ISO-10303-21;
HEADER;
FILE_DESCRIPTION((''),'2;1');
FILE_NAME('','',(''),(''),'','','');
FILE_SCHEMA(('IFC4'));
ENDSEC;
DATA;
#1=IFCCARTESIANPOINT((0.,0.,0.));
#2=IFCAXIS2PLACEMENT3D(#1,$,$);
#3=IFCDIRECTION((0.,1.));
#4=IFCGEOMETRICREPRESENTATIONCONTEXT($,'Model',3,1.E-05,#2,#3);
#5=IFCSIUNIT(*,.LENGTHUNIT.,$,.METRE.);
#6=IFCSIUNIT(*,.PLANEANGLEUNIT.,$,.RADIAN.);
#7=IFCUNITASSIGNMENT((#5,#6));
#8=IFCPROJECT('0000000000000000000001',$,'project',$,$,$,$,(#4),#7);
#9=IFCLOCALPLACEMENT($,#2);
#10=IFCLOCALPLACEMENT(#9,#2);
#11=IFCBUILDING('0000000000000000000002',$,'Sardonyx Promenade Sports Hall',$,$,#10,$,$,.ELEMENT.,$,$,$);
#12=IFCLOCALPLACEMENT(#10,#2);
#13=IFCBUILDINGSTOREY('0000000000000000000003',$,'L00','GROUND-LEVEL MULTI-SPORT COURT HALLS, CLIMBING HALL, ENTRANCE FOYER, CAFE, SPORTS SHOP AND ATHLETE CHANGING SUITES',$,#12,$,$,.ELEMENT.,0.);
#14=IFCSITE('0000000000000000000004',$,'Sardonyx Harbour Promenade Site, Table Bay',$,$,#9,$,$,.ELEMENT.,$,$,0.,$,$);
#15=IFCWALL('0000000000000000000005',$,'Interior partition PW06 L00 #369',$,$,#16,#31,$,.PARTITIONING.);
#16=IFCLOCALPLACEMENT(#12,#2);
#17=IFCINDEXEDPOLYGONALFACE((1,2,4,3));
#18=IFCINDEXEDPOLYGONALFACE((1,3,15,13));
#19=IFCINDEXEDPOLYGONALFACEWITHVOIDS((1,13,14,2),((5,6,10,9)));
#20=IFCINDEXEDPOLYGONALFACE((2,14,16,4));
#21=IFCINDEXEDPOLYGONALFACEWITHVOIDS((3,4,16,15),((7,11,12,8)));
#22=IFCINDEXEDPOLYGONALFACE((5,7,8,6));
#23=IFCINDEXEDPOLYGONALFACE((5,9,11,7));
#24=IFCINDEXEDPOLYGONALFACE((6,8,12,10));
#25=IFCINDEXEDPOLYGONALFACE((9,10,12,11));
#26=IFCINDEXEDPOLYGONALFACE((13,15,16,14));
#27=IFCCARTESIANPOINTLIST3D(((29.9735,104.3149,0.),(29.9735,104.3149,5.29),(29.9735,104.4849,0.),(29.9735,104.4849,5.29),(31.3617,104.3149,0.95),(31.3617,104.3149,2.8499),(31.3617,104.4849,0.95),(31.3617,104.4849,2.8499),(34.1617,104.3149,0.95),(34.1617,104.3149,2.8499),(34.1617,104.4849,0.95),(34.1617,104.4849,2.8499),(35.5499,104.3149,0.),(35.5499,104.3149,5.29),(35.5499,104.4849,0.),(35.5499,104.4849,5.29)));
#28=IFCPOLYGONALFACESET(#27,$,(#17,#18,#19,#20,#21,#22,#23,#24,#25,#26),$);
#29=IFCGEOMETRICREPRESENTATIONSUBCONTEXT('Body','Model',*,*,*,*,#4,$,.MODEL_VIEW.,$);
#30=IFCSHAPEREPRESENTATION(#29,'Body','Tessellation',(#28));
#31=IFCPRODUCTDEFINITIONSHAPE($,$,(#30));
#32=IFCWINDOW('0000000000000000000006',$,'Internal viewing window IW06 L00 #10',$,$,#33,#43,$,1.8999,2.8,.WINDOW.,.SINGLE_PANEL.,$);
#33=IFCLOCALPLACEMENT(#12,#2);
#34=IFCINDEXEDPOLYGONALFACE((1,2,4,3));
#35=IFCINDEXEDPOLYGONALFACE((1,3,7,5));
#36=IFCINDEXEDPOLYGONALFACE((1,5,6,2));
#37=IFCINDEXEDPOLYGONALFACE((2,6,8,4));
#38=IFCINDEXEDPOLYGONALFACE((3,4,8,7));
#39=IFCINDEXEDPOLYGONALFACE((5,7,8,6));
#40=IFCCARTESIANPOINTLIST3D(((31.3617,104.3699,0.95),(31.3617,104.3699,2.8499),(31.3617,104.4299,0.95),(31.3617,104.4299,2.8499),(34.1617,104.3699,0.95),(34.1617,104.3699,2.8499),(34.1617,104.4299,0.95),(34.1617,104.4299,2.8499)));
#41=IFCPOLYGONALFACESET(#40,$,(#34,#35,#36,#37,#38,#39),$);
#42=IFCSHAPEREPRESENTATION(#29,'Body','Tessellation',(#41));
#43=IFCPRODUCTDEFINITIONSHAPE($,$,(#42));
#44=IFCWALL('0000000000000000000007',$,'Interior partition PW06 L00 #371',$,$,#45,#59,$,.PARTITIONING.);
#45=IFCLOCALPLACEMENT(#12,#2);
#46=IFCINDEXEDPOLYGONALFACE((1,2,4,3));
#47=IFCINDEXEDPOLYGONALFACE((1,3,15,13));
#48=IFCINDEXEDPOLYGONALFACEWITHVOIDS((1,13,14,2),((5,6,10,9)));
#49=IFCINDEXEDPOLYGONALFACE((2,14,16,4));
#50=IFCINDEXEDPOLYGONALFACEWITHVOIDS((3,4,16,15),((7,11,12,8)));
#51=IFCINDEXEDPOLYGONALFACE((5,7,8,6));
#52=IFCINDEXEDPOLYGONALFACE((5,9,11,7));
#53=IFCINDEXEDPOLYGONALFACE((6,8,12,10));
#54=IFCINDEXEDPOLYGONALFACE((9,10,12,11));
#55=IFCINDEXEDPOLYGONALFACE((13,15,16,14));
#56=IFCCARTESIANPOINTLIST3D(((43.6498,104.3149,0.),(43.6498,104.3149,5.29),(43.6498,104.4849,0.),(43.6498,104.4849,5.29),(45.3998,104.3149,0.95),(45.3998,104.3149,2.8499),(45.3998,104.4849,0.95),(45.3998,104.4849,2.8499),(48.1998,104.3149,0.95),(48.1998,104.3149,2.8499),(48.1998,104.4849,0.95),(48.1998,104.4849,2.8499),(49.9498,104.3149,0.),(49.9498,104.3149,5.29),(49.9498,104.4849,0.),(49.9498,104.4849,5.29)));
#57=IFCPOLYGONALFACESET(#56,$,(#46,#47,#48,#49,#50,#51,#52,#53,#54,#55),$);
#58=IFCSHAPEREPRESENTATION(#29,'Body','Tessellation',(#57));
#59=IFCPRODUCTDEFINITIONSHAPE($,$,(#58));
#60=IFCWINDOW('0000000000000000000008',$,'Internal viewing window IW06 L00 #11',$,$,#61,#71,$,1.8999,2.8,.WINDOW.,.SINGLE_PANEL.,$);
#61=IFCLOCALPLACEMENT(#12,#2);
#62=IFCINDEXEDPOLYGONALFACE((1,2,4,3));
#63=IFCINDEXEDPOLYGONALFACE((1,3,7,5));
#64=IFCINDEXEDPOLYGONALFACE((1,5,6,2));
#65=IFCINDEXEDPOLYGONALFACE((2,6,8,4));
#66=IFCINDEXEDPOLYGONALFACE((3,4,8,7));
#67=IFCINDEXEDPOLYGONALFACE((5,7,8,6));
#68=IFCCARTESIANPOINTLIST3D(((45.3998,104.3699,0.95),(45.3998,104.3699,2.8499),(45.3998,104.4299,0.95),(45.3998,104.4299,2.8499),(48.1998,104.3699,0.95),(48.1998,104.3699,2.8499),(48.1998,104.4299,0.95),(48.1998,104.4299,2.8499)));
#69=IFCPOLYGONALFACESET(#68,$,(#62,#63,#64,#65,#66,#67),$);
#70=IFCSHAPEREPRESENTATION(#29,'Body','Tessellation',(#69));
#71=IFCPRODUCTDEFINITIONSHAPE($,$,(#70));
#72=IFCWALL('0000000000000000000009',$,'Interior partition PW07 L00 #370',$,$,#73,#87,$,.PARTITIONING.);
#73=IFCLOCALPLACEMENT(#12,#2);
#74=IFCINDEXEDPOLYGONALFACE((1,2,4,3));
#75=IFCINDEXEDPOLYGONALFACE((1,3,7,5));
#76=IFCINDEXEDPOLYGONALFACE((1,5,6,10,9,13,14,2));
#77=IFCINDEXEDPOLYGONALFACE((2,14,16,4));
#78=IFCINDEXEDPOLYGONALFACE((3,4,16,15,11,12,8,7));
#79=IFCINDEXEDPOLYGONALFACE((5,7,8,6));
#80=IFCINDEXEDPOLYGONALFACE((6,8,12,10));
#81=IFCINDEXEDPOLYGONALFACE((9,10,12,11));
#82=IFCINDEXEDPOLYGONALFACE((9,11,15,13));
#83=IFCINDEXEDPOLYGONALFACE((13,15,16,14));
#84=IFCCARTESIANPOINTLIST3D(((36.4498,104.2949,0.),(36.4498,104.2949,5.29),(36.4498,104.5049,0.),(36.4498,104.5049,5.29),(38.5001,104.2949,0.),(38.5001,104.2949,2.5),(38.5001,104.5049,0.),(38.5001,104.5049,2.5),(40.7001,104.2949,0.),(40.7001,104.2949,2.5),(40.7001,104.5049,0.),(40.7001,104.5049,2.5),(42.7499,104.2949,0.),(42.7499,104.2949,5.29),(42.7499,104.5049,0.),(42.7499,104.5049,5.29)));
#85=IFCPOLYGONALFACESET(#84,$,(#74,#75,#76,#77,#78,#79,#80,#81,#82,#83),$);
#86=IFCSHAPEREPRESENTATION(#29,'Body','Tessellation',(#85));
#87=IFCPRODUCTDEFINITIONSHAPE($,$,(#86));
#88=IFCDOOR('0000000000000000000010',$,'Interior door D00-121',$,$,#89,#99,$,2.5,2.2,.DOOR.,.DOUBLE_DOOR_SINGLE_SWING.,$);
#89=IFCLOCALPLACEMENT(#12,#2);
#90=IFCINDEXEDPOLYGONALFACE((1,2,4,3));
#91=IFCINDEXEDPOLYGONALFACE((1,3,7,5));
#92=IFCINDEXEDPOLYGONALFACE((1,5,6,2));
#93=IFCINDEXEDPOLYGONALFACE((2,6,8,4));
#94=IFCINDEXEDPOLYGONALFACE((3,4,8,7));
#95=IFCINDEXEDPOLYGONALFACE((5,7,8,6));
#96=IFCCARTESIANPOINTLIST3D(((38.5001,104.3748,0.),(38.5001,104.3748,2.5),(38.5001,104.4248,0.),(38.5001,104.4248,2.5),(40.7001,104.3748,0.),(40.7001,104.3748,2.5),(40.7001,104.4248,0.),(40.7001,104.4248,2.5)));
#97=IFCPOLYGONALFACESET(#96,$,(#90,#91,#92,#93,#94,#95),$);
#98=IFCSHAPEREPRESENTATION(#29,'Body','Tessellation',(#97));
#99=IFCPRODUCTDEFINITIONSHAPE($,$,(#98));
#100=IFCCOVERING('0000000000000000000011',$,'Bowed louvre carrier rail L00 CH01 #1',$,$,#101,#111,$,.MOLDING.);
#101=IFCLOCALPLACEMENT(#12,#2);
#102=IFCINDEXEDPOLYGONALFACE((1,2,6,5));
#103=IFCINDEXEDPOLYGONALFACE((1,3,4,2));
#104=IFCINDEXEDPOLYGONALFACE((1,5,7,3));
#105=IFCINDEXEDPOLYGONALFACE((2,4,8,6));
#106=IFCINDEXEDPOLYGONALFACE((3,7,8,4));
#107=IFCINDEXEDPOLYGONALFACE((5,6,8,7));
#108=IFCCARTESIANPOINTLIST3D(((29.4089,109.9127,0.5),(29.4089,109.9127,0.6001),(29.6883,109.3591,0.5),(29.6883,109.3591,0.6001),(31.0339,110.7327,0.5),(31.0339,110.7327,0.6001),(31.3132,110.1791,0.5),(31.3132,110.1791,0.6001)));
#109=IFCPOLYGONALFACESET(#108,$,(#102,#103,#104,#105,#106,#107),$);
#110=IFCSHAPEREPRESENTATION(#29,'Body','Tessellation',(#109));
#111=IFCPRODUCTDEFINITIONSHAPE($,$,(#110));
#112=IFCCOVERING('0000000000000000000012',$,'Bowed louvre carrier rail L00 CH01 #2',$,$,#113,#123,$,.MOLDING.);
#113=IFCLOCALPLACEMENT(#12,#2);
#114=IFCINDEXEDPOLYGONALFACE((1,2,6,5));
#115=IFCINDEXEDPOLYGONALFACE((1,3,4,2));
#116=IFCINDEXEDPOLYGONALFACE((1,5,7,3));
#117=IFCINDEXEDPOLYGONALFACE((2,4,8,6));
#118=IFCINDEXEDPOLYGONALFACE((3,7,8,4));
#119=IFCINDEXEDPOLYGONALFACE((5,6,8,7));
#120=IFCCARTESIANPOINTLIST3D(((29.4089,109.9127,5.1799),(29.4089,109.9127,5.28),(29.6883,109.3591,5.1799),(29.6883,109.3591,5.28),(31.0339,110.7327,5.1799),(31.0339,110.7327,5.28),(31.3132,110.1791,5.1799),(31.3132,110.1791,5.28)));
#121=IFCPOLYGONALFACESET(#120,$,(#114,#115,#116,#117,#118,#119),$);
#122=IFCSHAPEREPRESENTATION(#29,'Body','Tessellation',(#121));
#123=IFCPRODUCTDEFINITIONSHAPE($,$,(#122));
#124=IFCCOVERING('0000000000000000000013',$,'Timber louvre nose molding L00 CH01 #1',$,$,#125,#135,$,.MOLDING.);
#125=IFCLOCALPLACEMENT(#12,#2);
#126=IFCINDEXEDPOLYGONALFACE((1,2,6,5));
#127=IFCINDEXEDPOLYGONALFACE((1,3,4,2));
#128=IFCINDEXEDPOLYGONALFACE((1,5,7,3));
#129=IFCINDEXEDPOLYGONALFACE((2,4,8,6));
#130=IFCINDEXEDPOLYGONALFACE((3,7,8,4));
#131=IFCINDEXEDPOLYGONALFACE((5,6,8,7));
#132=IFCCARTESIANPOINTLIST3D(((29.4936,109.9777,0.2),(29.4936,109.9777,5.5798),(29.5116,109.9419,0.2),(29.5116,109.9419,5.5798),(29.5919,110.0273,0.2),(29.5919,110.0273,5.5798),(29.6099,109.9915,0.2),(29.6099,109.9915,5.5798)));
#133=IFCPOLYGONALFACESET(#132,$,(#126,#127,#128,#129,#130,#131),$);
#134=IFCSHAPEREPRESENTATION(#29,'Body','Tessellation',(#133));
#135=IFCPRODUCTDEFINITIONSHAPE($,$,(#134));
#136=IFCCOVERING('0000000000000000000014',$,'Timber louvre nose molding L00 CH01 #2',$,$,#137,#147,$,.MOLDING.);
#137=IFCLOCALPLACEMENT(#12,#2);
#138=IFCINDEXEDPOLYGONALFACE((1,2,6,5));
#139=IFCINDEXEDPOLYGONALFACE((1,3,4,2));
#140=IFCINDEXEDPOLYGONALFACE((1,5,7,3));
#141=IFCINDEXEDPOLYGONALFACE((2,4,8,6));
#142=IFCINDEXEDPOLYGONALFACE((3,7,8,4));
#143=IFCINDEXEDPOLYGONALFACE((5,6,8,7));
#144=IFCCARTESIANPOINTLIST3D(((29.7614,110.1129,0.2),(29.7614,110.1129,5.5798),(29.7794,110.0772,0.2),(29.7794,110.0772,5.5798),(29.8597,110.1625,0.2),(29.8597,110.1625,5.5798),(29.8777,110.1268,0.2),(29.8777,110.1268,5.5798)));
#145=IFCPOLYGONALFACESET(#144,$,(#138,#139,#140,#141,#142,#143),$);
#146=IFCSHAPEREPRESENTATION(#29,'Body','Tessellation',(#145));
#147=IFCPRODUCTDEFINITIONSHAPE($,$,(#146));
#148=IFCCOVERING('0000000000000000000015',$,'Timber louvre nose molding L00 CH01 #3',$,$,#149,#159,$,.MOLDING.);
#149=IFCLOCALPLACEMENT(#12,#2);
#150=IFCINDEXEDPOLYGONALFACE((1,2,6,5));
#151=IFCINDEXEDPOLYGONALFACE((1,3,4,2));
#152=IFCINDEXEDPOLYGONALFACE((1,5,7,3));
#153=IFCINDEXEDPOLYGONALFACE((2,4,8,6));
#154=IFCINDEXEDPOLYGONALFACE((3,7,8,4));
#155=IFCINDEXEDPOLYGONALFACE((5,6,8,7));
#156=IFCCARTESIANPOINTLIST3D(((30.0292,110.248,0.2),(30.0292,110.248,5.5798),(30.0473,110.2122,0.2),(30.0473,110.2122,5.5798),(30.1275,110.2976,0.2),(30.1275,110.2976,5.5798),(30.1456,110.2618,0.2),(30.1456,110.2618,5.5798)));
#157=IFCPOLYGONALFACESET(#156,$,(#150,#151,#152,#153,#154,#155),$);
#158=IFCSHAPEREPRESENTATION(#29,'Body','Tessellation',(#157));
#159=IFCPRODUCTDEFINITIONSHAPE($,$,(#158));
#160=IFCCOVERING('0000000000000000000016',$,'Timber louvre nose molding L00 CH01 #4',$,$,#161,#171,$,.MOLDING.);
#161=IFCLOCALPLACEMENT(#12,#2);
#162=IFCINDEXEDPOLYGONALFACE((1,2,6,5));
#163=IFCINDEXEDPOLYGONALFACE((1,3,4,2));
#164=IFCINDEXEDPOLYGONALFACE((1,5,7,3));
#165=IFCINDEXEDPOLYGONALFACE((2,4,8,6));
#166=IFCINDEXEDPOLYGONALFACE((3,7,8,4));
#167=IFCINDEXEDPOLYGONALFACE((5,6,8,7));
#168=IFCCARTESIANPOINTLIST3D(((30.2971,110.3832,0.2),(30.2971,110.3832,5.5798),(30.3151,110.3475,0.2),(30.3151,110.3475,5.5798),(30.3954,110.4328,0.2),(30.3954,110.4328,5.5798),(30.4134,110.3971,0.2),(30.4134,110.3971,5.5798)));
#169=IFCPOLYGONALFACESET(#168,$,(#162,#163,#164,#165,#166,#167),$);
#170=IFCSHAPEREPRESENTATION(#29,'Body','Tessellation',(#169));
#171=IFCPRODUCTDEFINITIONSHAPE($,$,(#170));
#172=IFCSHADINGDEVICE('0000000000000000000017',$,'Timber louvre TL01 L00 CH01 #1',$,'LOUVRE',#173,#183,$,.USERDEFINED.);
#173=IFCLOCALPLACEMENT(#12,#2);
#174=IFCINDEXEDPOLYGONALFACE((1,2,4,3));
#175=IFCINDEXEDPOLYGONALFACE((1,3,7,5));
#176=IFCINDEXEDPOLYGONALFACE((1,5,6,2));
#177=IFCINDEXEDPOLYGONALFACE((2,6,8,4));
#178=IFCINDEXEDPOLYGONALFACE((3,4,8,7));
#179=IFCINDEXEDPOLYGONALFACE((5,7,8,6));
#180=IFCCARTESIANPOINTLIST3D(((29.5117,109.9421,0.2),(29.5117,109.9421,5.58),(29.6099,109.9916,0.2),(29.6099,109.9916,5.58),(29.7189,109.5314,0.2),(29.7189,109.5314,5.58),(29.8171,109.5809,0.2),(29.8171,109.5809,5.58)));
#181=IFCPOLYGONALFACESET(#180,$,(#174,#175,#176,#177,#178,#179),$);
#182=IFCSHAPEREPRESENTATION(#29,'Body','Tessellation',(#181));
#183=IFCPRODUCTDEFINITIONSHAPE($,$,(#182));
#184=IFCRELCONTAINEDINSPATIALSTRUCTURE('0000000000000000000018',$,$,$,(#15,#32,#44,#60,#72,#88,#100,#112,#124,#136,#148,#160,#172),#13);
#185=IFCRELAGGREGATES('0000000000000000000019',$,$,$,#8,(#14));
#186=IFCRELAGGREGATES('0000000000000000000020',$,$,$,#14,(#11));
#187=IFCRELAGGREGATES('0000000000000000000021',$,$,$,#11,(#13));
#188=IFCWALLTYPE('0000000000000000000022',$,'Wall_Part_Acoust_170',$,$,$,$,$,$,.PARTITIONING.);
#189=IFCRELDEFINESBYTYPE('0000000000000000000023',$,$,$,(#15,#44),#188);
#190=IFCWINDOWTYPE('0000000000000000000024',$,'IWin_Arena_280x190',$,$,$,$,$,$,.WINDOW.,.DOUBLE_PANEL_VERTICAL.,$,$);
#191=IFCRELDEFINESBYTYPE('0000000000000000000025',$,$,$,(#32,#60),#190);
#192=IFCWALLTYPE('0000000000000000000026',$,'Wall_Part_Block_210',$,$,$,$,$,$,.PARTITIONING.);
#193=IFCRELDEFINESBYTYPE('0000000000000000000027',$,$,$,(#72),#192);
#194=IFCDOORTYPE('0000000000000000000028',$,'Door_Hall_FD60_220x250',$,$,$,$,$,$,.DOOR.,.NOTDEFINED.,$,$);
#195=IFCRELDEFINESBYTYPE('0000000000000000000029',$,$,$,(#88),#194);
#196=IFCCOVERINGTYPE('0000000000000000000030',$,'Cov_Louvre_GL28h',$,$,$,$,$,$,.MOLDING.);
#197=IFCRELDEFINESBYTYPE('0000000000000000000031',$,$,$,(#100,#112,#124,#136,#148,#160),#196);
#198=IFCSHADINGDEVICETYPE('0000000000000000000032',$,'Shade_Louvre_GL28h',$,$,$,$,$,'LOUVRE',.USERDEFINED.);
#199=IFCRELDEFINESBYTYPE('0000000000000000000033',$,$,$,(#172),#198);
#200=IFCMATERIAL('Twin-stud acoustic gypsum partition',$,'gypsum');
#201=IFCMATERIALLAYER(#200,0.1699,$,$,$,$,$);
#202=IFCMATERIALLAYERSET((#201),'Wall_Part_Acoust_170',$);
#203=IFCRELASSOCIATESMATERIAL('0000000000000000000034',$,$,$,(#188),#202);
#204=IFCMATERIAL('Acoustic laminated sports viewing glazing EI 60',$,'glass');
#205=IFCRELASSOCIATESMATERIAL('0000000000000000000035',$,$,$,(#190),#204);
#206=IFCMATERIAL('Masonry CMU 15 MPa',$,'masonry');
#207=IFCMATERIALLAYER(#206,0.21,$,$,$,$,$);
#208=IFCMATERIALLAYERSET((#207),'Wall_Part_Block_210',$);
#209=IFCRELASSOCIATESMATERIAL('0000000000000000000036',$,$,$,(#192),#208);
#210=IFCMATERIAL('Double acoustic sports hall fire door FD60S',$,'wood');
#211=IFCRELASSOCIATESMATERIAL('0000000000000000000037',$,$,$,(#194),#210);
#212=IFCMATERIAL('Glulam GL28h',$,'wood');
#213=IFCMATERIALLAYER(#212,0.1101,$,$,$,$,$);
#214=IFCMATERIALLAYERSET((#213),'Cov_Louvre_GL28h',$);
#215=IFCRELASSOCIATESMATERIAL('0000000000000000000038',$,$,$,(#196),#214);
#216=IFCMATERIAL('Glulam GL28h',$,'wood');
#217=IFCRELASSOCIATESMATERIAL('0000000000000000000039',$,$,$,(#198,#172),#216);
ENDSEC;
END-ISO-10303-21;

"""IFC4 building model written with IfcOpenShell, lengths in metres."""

from ifc_helpers import new_model, si_unit, direction, frame, frame_2d, origin, origin_2d, place, context, subcontext, project, spatial, rectangle, extrude, material, layer, layer_set, type_object, element, fill, save


model = new_model("IFC4")

# Units and contexts
model_context = context("Model", 3, precision=1e-05, world=origin(), true_north=direction((0.0, 1.0)))
body_context = subcontext(model_context, "Body", "Model", "MODEL_VIEW")
ifc_project = project(units=[si_unit("LENGTHUNIT", "METRE"), si_unit("PLANEANGLEUNIT", "RADIAN")], contexts=[model_context])

# Site, building, storey
site_placement = place(None, origin())
site = spatial("IfcSite", under=ifc_project, at=site_placement, Name="Sardonyx Harbour Promenade Site, Table Bay", CompositionType="ELEMENT", RefElevation=0.0)
building_placement = place(site_placement, origin())
building = spatial("IfcBuilding", under=site, at=building_placement, Name="Sardonyx Promenade Sports Hall", CompositionType="ELEMENT")
storey_placement = place(building_placement, origin())
storey = spatial("IfcBuildingStorey", under=building, at=storey_placement, Name="L00", Description="GROUND-LEVEL MULTI-SPORT COURT HALLS, CLIMBING HALL, ENTRANCE FOYER, CAFE, SPORTS SHOP AND ATHLETE CHANGING SUITES", CompositionType="ELEMENT", Elevation=0.0)

# Walls, openings, windows
ifc_material_1 = material(Name="Twin-stud acoustic gypsum partition", Category="gypsum")
ifc_layer_1 = layer(ifc_material_1, 0.1699)
ifc_layer_set_1 = layer_set([ifc_layer_1], Name="Wall_Part_Acoust_170")
wall_type_1 = type_object("IfcWallType", Name="Wall_Part_Acoust_170", PredefinedType="PARTITIONING", material=ifc_layer_set_1)
wall_1_placement = place(storey_placement, frame((29.9736, 104.3999, 0.0), z_axis=(0.0, 0.0, 1.0), x_axis=(1.0, 0.0, 0.0)))
wall_1 = element("IfcWall", 1, at=wall_1_placement, inside=storey, type_object=wall_type_1, Name="Interior partition PW06 L00 #369", PredefinedType="PARTITIONING", context=body_context, shape_type="SweptSolid", body=[
    extrude(rectangle(XDim=5.5764, YDim=0.1699, at=frame_2d((2.7881, 0.0))), origin(), (0.0, 0.0, 1.0), 5.29),
])
opening_1_placement = place(wall_1_placement, frame((1.3882, 0.0, 0.95)))
opening_1 = element("IfcOpeningElement", 2, at=opening_1_placement, cuts=wall_1, PredefinedType="OPENING", context=body_context, shape_type="SweptSolid", body=[
    extrude(rectangle(XDim=2.8, YDim=1.8999, at=frame_2d((1.3999, 0.95))), frame((0.0, 0.095, 0.0), z_axis=(0.0, -1.0, 0.0), x_axis=(1.0, 0.0, 0.0)), (0.0, 0.0, 1.0), 0.19),
])
ifc_material_2 = material(Name="Acoustic laminated sports viewing glazing EI 60", Category="glass")
window_type_1 = type_object("IfcWindowType", Name="IWin_Arena_280x190", PartitioningType="DOUBLE_PANEL_VERTICAL", PredefinedType="WINDOW", material=ifc_material_2)
window_1_placement = place(opening_1_placement, origin())
window_1 = element("IfcWindow", 3, at=window_1_placement, inside=storey, type_object=window_type_1, Name="Internal viewing window IW06 L00 #10", OverallHeight=1.8999, OverallWidth=2.8, PartitioningType="SINGLE_PANEL", PredefinedType="WINDOW", context=body_context, shape_type="SweptSolid", body=[
    extrude(rectangle(XDim=2.8, YDim=1.8999, at=frame_2d((1.3999, 0.95))), frame((0.0, 0.03, 0.0), z_axis=(0.0, -1.0, 0.0), x_axis=(1.0, 0.0, 0.0)), (0.0, 0.0, 1.0), 0.0601),
])
fill(opening_1, window_1)
wall_2_placement = place(storey_placement, frame((43.6499, 104.3999, 0.0), z_axis=(0.0, 0.0, 1.0), x_axis=(1.0, 0.0, 0.0)))
wall_2 = element("IfcWall", 4, at=wall_2_placement, inside=storey, type_object=wall_type_1, Name="Interior partition PW06 L00 #371", PredefinedType="PARTITIONING", context=body_context, shape_type="SweptSolid", body=[
    extrude(rectangle(XDim=6.3, YDim=0.1699, at=frame_2d((3.1499, 0.0))), origin(), (0.0, 0.0, 1.0), 5.29),
])
opening_2_placement = place(wall_2_placement, frame((1.75, 0.0, 0.95)))
opening_2 = element("IfcOpeningElement", 5, at=opening_2_placement, cuts=wall_2, PredefinedType="OPENING", context=body_context, shape_type="SweptSolid", body=[
    extrude(rectangle(XDim=2.8, YDim=1.8999, at=frame_2d((1.3999, 0.95))), frame((0.0, 0.095, 0.0), z_axis=(0.0, -1.0, 0.0), x_axis=(1.0, 0.0, 0.0)), (0.0, 0.0, 1.0), 0.19),
])
window_2_placement = place(opening_2_placement, origin())
window_2 = element("IfcWindow", 6, at=window_2_placement, inside=storey, type_object=window_type_1, Name="Internal viewing window IW06 L00 #11", OverallHeight=1.8999, OverallWidth=2.8, PartitioningType="SINGLE_PANEL", PredefinedType="WINDOW", context=body_context, shape_type="SweptSolid", body=[
    extrude(rectangle(XDim=2.8, YDim=1.8999, at=frame_2d((1.3999, 0.95))), frame((0.0, 0.03, 0.0), z_axis=(0.0, -1.0, 0.0), x_axis=(1.0, 0.0, 0.0)), (0.0, 0.0, 1.0), 0.0601),
])
fill(opening_2, window_2)

# Wall, opening, door
ifc_material_3 = material(Name="Masonry CMU 15 MPa", Category="masonry")
ifc_layer_2 = layer(ifc_material_3, 0.21)
ifc_layer_set_2 = layer_set([ifc_layer_2], Name="Wall_Part_Block_210")
wall_type_2 = type_object("IfcWallType", Name="Wall_Part_Block_210", PredefinedType="PARTITIONING", material=ifc_layer_set_2)
wall_3_placement = place(storey_placement, frame((36.45, 104.3999, 0.0), z_axis=(0.0, 0.0, 1.0), x_axis=(1.0, 0.0, 0.0)))
wall_3 = element("IfcWall", 7, at=wall_3_placement, inside=storey, type_object=wall_type_2, Name="Interior partition PW07 L00 #370", PredefinedType="PARTITIONING", context=body_context, shape_type="SweptSolid", body=[
    extrude(rectangle(XDim=6.3, YDim=0.21, at=frame_2d((3.1499, 0.0))), origin(), (0.0, 0.0, 1.0), 5.29),
])
opening_3_placement = place(wall_3_placement, frame((2.05, 0.0, 0.0)))
opening_3 = element("IfcOpeningElement", 8, at=opening_3_placement, cuts=wall_3, PredefinedType="OPENING", context=body_context, shape_type="SweptSolid", body=[
    extrude(rectangle(XDim=2.2, YDim=2.5, at=frame_2d((1.1001, 1.25))), frame((0.0, 0.115, 0.0), z_axis=(0.0, -1.0, 0.0), x_axis=(1.0, 0.0, 0.0)), (0.0, 0.0, 1.0), 0.23),
])
ifc_material_4 = material(Name="Double acoustic sports hall fire door FD60S", Category="wood")
door_type = type_object("IfcDoorType", Name="Door_Hall_FD60_220x250", OperationType="NOTDEFINED", PredefinedType="DOOR", material=ifc_material_4)
door_placement = place(opening_3_placement, origin())
door = element("IfcDoor", 9, at=door_placement, inside=storey, type_object=door_type, Name="Interior door D00-121", OperationType="DOUBLE_DOOR_SINGLE_SWING", OverallHeight=2.5, OverallWidth=2.2, PredefinedType="DOOR", context=body_context, shape_type="SweptSolid", body=[
    extrude(rectangle(XDim=2.2, YDim=2.5, at=frame_2d((1.1001, 1.25))), frame((0.0, 0.0249, 0.0), z_axis=(0.0, -1.0, 0.0), x_axis=(1.0, 0.0, 0.0)), (0.0, 0.0, 1.0), 0.05),
])
fill(opening_3, door)

# Coverings
ifc_material_5 = material(Name="Glulam GL28h", Category="wood")
ifc_layer_3 = layer(ifc_material_5, 0.1101)
ifc_layer_set_3 = layer_set([ifc_layer_3], Name="Cov_Louvre_GL28h")
covering_type = type_object("IfcCoveringType", Name="Cov_Louvre_GL28h", PredefinedType="MOLDING", material=ifc_layer_set_3)
for number, where, z_axis, x_axis, name in (
    (10, (30.3611, 110.0459, 0.5), (0.0, 0.0, 1.0), (0.892774, 0.450505, 0.0), "Bowed louvre carrier rail L00 CH01 #1"),
    (11, (30.3611, 110.0459, 5.1799), (0.0, 0.0, 1.0), (0.892774, 0.450505, 0.0), "Bowed louvre carrier rail L00 CH01 #2"),
):
    element("IfcCovering", number, at=place(storey_placement, frame(where, z_axis=z_axis, x_axis=x_axis)), inside=storey, type_object=covering_type, Name=name, PredefinedType="MOLDING", context=body_context, shape_type="SweptSolid", body=[
        extrude(rectangle(XDim=1.8201, YDim=0.6201, at=origin_2d()), origin(), (0.0, 0.0, 1.0), 0.1001),
    ])
for number, where, z_axis, x_axis, name in (
    (12, (29.5518, 109.9846, 0.2), (0.0, 0.0, 1.0), (0.892774, 0.450505, 0.0), "Timber louvre nose molding L00 CH01 #1"),
    (13, (29.8196, 110.1199, 0.2), (0.0, 0.0, 1.0), (0.892774, 0.450505, 0.0), "Timber louvre nose molding L00 CH01 #2"),
    (14, (30.0874, 110.2549, 0.2), (0.0, 0.0, 1.0), (0.892774, 0.450505, 0.0), "Timber louvre nose molding L00 CH01 #3"),
    (15, (30.3552, 110.3901, 0.2), (0.0, 0.0, 1.0), (0.892774, 0.450505, 0.0), "Timber louvre nose molding L00 CH01 #4"),
):
    element("IfcCovering", number, at=place(storey_placement, frame(where, z_axis=z_axis, x_axis=x_axis)), inside=storey, type_object=covering_type, Name=name, PredefinedType="MOLDING", context=body_context, shape_type="SweptSolid", body=[
        extrude(rectangle(XDim=0.1101, YDim=0.04, at=origin_2d()), origin(), (0.0, 0.0, 1.0), 5.3799),
    ])

# Shading device
ifc_material_6 = material(Name="Glulam GL28h", Category="wood")
shading_device_type = type_object("IfcShadingDeviceType", Name="Shade_Louvre_GL28h", ElementType="LOUVRE", PredefinedType="USERDEFINED", material=ifc_material_6)
for number, where, z_axis, x_axis, name in (
    (16, (29.6644, 109.7615, 0.2), (0.0, 0.0, 1.0), (0.892774, 0.450505, 0.0), "Timber louvre TL01 L00 CH01 #1"),
):
    element("IfcShadingDevice", number, at=place(storey_placement, frame(where, z_axis=z_axis, x_axis=x_axis)), inside=storey, type_object=shading_device_type, material=ifc_material_6, Name=name, ObjectType="LOUVRE", PredefinedType="USERDEFINED", context=body_context, shape_type="SweptSolid", body=[
        extrude(rectangle(XDim=0.11, YDim=0.46), origin(), (0.0, 0.0, 1.0), 5.38),
    ])

save(model, "model.ifc")
